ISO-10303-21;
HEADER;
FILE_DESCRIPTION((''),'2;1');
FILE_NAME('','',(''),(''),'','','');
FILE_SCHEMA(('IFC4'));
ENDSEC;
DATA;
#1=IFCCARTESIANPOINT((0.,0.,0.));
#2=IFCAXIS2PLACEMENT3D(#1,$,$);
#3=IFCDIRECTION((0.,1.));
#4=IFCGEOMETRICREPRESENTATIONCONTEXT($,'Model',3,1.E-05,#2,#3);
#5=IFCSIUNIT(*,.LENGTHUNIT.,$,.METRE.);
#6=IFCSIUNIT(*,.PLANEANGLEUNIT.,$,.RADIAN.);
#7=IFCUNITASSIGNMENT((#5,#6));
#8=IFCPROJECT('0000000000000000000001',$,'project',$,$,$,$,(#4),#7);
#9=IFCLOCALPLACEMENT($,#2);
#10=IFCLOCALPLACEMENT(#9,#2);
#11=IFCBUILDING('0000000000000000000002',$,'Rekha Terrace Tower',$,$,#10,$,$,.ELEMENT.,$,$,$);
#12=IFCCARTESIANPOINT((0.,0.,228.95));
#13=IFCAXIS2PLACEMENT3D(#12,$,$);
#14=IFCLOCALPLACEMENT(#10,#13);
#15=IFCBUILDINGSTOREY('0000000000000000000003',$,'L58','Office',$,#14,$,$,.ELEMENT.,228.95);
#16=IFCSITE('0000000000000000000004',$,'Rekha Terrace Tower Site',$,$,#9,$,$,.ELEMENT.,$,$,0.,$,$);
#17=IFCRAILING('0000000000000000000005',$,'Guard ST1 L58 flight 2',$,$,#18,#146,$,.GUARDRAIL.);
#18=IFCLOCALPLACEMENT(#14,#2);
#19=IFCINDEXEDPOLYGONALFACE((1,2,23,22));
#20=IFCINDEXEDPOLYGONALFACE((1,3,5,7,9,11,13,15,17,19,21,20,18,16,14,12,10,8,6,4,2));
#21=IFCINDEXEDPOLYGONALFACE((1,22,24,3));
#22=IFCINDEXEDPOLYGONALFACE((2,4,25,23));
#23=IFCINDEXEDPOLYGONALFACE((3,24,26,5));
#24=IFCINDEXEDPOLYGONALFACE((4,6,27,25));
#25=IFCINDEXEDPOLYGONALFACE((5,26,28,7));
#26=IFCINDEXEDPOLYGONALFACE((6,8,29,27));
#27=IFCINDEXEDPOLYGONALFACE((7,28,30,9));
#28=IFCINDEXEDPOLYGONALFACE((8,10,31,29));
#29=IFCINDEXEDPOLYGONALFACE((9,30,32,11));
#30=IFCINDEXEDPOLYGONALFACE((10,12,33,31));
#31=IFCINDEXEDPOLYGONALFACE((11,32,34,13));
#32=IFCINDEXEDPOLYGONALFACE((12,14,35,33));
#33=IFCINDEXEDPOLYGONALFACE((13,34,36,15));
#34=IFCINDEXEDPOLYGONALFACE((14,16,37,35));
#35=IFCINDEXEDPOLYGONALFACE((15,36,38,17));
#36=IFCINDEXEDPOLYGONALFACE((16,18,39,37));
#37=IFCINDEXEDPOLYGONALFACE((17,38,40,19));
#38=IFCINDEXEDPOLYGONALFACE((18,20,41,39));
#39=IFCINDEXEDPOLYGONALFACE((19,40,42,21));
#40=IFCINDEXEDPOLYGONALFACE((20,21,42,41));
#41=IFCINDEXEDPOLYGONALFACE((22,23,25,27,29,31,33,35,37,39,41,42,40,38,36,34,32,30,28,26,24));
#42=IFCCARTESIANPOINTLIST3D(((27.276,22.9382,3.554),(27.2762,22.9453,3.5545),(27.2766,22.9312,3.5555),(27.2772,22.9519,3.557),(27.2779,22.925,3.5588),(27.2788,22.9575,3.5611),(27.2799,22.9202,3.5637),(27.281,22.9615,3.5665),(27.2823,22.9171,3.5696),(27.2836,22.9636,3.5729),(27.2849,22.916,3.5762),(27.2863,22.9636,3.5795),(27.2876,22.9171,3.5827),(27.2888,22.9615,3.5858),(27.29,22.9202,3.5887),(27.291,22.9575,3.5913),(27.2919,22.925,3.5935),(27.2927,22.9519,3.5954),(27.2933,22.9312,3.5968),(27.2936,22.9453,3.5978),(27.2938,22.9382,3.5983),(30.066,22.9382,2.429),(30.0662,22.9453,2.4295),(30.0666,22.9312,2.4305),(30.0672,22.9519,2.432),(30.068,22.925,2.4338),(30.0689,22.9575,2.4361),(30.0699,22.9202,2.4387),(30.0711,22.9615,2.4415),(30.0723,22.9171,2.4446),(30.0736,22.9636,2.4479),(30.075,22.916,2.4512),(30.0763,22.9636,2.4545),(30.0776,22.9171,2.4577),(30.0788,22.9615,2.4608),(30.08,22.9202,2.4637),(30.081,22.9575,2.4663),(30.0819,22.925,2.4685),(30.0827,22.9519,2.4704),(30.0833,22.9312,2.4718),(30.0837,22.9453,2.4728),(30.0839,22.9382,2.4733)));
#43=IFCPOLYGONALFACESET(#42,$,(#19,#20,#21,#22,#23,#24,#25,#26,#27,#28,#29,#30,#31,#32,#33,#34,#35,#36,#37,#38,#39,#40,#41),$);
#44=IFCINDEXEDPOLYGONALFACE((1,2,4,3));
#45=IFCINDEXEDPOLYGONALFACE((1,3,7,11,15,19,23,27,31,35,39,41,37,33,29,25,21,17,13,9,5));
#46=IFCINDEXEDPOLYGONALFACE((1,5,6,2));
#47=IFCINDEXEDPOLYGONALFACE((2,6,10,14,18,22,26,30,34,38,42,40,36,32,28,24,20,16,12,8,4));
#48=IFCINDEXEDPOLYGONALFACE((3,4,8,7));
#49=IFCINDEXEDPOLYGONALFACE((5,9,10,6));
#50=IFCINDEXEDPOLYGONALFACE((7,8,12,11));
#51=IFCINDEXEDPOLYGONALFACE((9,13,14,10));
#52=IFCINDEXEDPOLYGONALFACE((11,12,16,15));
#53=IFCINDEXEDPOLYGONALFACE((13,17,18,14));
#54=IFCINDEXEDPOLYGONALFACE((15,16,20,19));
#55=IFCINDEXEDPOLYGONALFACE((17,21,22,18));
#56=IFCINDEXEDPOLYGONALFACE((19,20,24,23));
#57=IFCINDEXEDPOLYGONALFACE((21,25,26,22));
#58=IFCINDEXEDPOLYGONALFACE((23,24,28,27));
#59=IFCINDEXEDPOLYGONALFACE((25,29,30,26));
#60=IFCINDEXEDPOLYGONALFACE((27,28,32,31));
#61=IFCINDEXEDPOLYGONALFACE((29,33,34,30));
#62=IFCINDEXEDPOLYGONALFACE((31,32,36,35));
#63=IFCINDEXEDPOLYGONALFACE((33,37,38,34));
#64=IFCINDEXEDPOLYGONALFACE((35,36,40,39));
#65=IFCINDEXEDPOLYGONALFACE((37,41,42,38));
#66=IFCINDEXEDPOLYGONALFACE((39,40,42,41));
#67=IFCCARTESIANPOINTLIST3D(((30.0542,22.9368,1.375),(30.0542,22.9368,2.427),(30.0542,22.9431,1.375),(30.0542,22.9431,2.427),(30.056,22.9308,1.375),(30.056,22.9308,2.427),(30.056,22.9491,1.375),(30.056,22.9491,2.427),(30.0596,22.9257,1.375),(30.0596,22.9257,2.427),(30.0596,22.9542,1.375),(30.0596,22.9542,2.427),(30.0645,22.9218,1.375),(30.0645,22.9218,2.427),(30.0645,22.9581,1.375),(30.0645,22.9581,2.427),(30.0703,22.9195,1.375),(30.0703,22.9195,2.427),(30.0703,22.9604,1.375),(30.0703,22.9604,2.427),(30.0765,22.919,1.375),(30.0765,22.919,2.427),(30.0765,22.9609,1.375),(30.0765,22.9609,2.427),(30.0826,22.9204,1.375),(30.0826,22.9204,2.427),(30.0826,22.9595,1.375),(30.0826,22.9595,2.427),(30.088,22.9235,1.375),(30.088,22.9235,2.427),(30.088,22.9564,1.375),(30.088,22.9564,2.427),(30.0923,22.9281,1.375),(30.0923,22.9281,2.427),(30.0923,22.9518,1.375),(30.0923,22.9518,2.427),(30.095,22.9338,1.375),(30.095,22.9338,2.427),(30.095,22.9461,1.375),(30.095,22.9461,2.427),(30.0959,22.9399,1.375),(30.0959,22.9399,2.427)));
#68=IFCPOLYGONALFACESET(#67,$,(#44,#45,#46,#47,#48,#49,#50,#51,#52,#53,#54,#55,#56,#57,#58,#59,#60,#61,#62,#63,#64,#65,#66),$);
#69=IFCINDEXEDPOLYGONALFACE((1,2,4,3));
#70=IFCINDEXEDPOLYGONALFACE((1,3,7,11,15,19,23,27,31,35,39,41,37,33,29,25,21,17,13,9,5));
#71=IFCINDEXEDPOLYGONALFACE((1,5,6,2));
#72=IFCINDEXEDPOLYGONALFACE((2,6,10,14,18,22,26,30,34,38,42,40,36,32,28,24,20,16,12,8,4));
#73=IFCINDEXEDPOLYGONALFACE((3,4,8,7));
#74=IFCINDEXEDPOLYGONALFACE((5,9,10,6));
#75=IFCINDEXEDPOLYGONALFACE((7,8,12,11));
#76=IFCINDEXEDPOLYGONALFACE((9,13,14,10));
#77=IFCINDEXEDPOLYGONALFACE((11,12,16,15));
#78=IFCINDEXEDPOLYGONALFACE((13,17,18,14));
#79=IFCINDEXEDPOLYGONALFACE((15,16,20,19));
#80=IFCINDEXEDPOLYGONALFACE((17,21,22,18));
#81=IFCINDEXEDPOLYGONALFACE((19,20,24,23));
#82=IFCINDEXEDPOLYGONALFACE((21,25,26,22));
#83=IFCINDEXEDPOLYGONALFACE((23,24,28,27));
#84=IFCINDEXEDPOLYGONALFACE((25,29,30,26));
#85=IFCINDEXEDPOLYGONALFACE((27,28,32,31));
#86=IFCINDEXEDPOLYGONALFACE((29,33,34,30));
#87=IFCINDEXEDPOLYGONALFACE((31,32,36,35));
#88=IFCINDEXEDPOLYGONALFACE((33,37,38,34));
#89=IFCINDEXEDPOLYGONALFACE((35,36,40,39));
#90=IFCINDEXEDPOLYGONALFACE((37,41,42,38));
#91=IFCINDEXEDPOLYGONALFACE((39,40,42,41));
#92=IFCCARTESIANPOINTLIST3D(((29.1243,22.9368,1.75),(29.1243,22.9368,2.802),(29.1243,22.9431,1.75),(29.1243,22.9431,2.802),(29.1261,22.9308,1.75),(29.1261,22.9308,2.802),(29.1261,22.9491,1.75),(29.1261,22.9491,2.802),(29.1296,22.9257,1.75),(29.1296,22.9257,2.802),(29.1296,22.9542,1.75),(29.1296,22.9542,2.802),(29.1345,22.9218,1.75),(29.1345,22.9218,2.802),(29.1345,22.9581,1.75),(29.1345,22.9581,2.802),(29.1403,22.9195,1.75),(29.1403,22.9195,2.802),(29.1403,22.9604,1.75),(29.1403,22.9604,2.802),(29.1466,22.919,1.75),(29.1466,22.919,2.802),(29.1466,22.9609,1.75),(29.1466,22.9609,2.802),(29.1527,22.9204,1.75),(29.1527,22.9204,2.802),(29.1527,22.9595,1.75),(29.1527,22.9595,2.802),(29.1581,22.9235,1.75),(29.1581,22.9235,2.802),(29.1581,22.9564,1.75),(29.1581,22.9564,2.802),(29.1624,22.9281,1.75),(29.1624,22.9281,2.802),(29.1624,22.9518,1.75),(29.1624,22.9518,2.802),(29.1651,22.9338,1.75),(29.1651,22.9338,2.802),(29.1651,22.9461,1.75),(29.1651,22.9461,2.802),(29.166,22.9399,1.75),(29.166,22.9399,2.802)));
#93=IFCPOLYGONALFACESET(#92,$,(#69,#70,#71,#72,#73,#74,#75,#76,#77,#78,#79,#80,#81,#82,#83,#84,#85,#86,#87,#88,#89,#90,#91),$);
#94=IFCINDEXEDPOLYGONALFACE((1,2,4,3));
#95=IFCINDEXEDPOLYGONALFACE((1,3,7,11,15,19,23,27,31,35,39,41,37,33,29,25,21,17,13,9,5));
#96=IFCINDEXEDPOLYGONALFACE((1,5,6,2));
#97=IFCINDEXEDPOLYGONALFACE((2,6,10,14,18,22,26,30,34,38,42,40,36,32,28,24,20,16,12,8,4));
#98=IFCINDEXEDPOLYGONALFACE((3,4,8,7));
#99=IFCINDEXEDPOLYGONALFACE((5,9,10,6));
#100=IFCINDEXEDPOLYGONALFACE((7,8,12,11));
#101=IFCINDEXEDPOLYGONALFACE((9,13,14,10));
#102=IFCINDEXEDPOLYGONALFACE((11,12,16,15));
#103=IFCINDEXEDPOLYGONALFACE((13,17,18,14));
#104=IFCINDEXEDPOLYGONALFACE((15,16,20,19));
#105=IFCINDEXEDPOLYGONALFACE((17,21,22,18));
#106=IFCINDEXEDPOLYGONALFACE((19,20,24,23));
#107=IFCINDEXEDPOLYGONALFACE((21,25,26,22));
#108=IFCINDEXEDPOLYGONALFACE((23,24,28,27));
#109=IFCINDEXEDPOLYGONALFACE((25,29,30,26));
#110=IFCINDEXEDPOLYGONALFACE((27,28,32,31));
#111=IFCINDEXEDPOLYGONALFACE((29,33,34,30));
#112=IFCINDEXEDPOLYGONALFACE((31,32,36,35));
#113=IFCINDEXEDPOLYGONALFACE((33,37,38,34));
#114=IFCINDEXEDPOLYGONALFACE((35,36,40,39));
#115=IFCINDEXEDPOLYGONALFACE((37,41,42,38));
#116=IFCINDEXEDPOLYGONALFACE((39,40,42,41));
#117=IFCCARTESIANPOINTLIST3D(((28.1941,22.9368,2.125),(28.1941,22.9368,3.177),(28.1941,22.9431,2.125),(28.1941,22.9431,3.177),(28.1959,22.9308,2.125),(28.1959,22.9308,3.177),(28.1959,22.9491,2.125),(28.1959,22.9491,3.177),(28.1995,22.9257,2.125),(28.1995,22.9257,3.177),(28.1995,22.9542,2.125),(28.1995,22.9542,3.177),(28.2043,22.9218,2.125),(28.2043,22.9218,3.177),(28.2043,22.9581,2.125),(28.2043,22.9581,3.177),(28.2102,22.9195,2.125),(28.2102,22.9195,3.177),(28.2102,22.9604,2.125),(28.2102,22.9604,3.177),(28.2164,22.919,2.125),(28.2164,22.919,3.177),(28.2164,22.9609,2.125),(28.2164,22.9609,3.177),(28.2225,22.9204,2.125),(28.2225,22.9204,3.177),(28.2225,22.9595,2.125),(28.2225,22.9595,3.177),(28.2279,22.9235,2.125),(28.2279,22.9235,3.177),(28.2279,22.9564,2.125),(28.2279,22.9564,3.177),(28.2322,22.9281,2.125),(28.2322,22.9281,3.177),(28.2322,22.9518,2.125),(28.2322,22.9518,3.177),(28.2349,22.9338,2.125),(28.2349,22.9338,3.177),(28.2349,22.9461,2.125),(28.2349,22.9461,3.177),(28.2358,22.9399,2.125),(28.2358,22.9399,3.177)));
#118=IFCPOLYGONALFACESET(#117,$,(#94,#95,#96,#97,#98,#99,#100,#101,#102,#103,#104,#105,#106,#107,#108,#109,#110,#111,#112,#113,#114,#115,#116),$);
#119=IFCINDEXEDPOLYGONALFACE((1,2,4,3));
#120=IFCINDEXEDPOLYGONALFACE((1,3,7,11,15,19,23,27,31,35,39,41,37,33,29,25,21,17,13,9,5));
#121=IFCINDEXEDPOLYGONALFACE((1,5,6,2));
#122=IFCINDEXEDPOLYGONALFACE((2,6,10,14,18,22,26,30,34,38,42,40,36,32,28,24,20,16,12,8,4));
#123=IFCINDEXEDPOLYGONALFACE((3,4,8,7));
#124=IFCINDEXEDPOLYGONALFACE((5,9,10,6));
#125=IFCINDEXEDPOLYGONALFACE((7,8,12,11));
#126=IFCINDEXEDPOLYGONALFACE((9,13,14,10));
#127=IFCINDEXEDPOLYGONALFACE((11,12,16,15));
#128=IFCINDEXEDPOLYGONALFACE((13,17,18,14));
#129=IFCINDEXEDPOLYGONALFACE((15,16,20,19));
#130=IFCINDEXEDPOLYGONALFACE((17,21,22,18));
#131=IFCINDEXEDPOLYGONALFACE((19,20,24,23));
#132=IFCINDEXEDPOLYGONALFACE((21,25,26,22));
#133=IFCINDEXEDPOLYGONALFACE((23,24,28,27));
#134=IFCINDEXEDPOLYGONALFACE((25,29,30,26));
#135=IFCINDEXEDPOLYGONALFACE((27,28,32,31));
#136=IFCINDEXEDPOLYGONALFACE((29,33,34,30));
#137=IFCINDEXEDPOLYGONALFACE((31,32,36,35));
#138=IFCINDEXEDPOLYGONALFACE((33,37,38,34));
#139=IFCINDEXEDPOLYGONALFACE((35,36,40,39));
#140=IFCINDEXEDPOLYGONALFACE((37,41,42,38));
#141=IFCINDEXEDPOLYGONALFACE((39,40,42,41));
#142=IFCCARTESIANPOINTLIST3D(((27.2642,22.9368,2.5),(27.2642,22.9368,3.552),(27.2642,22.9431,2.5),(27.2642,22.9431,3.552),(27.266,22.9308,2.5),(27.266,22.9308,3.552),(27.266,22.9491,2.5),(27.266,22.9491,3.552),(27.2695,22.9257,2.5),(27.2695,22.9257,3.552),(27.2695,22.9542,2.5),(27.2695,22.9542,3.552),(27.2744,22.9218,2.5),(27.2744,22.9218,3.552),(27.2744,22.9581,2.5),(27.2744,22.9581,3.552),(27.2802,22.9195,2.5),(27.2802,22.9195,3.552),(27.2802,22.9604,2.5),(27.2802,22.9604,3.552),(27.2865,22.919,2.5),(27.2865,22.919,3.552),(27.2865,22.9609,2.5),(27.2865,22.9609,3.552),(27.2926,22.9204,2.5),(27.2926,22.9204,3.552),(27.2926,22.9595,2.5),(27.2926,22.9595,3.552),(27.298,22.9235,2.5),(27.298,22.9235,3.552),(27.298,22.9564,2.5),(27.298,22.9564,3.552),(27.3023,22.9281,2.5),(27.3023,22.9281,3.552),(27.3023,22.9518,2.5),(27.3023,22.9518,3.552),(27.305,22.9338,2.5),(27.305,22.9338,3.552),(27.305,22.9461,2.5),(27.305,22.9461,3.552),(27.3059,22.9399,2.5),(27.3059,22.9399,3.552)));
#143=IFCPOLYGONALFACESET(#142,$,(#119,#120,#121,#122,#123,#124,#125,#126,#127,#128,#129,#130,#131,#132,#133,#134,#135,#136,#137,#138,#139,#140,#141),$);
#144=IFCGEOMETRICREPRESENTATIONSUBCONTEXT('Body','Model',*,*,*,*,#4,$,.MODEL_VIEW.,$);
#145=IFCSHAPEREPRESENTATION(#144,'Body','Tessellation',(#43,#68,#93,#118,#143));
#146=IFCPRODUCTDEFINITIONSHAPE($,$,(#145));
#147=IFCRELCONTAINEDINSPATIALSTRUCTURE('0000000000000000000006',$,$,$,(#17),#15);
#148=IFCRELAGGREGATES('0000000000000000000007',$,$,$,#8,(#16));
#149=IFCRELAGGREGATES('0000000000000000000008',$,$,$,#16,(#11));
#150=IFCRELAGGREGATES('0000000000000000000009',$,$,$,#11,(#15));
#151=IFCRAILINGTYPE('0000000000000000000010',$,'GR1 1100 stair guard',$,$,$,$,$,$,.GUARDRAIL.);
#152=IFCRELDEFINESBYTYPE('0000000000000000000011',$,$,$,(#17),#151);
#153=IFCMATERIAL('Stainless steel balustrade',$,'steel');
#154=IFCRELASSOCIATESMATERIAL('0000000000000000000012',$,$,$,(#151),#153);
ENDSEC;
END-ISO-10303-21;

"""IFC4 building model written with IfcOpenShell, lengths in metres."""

from ifc_helpers import new_model, si_unit, direction, frame, origin, origin_2d, place, context, subcontext, project, spatial, circle, extrude, material, type_object, element, save


model = new_model("IFC4")

# Units and contexts
model_context = context("Model", 3, precision=1e-05, world=origin(), true_north=direction((0.0, 1.0)))
body_context = subcontext(model_context, "Body", "Model", "MODEL_VIEW")
ifc_project = project(units=[si_unit("LENGTHUNIT", "METRE"), si_unit("PLANEANGLEUNIT", "RADIAN")], contexts=[model_context])

# Site, building, storey
site_placement = place(None, origin())
site = spatial("IfcSite", under=ifc_project, at=site_placement, Name="Rekha Terrace Tower Site", CompositionType="ELEMENT", RefElevation=0.0)
building_placement = place(site_placement, origin())
building = spatial("IfcBuilding", under=site, at=building_placement, Name="Rekha Terrace Tower", CompositionType="ELEMENT")
storey_placement = place(building_placement, frame((0.0, 0.0, 228.95)))
storey = spatial("IfcBuildingStorey", under=building, at=storey_placement, Name="L58", Description="Office", CompositionType="ELEMENT", Elevation=228.95)

# Railing
ifc_material_1 = material(Name="Stainless steel balustrade", Category="steel")
railing_type_1 = type_object("IfcRailingType", Name="GR1 1100 stair guard", PredefinedType="GUARDRAIL", material=ifc_material_1)
railing_1_placement = place(storey_placement, frame((30.075, 22.9399, 1.375)))
element("IfcRailing", 1, at=railing_1_placement, inside=storey, type_object=railing_type_1, Name="Guard ST1 L58 flight 2", PredefinedType="GUARDRAIL", context=body_context, shape_type="SweptSolid", body=[
    extrude(circle(Radius=0.0239, at=origin_2d()), frame((0.0, 0.0, 1.0762), z_axis=(-0.927443, 0.0, 0.373964), x_axis=(0.0, -1.0, 0.0)), (0.0, 0.0, 1.0), 3.0083),
    extrude(circle(Radius=0.021, at=origin_2d()), origin(), (0.0, 0.0, 1.0), 1.052),
    extrude(circle(Radius=0.021, at=origin_2d()), frame((-0.9299, 0.0, 0.375)), (0.0, 0.0, 1.0), 1.052),
    extrude(circle(Radius=0.021, at=origin_2d()), frame((-1.8601, 0.0, 0.75)), (0.0, 0.0, 1.0), 1.052),
    extrude(circle(Radius=0.021, at=origin_2d()), frame((-2.79, 0.0, 1.125)), (0.0, 0.0, 1.0), 1.052),
])

save(model, "model.ifc")
